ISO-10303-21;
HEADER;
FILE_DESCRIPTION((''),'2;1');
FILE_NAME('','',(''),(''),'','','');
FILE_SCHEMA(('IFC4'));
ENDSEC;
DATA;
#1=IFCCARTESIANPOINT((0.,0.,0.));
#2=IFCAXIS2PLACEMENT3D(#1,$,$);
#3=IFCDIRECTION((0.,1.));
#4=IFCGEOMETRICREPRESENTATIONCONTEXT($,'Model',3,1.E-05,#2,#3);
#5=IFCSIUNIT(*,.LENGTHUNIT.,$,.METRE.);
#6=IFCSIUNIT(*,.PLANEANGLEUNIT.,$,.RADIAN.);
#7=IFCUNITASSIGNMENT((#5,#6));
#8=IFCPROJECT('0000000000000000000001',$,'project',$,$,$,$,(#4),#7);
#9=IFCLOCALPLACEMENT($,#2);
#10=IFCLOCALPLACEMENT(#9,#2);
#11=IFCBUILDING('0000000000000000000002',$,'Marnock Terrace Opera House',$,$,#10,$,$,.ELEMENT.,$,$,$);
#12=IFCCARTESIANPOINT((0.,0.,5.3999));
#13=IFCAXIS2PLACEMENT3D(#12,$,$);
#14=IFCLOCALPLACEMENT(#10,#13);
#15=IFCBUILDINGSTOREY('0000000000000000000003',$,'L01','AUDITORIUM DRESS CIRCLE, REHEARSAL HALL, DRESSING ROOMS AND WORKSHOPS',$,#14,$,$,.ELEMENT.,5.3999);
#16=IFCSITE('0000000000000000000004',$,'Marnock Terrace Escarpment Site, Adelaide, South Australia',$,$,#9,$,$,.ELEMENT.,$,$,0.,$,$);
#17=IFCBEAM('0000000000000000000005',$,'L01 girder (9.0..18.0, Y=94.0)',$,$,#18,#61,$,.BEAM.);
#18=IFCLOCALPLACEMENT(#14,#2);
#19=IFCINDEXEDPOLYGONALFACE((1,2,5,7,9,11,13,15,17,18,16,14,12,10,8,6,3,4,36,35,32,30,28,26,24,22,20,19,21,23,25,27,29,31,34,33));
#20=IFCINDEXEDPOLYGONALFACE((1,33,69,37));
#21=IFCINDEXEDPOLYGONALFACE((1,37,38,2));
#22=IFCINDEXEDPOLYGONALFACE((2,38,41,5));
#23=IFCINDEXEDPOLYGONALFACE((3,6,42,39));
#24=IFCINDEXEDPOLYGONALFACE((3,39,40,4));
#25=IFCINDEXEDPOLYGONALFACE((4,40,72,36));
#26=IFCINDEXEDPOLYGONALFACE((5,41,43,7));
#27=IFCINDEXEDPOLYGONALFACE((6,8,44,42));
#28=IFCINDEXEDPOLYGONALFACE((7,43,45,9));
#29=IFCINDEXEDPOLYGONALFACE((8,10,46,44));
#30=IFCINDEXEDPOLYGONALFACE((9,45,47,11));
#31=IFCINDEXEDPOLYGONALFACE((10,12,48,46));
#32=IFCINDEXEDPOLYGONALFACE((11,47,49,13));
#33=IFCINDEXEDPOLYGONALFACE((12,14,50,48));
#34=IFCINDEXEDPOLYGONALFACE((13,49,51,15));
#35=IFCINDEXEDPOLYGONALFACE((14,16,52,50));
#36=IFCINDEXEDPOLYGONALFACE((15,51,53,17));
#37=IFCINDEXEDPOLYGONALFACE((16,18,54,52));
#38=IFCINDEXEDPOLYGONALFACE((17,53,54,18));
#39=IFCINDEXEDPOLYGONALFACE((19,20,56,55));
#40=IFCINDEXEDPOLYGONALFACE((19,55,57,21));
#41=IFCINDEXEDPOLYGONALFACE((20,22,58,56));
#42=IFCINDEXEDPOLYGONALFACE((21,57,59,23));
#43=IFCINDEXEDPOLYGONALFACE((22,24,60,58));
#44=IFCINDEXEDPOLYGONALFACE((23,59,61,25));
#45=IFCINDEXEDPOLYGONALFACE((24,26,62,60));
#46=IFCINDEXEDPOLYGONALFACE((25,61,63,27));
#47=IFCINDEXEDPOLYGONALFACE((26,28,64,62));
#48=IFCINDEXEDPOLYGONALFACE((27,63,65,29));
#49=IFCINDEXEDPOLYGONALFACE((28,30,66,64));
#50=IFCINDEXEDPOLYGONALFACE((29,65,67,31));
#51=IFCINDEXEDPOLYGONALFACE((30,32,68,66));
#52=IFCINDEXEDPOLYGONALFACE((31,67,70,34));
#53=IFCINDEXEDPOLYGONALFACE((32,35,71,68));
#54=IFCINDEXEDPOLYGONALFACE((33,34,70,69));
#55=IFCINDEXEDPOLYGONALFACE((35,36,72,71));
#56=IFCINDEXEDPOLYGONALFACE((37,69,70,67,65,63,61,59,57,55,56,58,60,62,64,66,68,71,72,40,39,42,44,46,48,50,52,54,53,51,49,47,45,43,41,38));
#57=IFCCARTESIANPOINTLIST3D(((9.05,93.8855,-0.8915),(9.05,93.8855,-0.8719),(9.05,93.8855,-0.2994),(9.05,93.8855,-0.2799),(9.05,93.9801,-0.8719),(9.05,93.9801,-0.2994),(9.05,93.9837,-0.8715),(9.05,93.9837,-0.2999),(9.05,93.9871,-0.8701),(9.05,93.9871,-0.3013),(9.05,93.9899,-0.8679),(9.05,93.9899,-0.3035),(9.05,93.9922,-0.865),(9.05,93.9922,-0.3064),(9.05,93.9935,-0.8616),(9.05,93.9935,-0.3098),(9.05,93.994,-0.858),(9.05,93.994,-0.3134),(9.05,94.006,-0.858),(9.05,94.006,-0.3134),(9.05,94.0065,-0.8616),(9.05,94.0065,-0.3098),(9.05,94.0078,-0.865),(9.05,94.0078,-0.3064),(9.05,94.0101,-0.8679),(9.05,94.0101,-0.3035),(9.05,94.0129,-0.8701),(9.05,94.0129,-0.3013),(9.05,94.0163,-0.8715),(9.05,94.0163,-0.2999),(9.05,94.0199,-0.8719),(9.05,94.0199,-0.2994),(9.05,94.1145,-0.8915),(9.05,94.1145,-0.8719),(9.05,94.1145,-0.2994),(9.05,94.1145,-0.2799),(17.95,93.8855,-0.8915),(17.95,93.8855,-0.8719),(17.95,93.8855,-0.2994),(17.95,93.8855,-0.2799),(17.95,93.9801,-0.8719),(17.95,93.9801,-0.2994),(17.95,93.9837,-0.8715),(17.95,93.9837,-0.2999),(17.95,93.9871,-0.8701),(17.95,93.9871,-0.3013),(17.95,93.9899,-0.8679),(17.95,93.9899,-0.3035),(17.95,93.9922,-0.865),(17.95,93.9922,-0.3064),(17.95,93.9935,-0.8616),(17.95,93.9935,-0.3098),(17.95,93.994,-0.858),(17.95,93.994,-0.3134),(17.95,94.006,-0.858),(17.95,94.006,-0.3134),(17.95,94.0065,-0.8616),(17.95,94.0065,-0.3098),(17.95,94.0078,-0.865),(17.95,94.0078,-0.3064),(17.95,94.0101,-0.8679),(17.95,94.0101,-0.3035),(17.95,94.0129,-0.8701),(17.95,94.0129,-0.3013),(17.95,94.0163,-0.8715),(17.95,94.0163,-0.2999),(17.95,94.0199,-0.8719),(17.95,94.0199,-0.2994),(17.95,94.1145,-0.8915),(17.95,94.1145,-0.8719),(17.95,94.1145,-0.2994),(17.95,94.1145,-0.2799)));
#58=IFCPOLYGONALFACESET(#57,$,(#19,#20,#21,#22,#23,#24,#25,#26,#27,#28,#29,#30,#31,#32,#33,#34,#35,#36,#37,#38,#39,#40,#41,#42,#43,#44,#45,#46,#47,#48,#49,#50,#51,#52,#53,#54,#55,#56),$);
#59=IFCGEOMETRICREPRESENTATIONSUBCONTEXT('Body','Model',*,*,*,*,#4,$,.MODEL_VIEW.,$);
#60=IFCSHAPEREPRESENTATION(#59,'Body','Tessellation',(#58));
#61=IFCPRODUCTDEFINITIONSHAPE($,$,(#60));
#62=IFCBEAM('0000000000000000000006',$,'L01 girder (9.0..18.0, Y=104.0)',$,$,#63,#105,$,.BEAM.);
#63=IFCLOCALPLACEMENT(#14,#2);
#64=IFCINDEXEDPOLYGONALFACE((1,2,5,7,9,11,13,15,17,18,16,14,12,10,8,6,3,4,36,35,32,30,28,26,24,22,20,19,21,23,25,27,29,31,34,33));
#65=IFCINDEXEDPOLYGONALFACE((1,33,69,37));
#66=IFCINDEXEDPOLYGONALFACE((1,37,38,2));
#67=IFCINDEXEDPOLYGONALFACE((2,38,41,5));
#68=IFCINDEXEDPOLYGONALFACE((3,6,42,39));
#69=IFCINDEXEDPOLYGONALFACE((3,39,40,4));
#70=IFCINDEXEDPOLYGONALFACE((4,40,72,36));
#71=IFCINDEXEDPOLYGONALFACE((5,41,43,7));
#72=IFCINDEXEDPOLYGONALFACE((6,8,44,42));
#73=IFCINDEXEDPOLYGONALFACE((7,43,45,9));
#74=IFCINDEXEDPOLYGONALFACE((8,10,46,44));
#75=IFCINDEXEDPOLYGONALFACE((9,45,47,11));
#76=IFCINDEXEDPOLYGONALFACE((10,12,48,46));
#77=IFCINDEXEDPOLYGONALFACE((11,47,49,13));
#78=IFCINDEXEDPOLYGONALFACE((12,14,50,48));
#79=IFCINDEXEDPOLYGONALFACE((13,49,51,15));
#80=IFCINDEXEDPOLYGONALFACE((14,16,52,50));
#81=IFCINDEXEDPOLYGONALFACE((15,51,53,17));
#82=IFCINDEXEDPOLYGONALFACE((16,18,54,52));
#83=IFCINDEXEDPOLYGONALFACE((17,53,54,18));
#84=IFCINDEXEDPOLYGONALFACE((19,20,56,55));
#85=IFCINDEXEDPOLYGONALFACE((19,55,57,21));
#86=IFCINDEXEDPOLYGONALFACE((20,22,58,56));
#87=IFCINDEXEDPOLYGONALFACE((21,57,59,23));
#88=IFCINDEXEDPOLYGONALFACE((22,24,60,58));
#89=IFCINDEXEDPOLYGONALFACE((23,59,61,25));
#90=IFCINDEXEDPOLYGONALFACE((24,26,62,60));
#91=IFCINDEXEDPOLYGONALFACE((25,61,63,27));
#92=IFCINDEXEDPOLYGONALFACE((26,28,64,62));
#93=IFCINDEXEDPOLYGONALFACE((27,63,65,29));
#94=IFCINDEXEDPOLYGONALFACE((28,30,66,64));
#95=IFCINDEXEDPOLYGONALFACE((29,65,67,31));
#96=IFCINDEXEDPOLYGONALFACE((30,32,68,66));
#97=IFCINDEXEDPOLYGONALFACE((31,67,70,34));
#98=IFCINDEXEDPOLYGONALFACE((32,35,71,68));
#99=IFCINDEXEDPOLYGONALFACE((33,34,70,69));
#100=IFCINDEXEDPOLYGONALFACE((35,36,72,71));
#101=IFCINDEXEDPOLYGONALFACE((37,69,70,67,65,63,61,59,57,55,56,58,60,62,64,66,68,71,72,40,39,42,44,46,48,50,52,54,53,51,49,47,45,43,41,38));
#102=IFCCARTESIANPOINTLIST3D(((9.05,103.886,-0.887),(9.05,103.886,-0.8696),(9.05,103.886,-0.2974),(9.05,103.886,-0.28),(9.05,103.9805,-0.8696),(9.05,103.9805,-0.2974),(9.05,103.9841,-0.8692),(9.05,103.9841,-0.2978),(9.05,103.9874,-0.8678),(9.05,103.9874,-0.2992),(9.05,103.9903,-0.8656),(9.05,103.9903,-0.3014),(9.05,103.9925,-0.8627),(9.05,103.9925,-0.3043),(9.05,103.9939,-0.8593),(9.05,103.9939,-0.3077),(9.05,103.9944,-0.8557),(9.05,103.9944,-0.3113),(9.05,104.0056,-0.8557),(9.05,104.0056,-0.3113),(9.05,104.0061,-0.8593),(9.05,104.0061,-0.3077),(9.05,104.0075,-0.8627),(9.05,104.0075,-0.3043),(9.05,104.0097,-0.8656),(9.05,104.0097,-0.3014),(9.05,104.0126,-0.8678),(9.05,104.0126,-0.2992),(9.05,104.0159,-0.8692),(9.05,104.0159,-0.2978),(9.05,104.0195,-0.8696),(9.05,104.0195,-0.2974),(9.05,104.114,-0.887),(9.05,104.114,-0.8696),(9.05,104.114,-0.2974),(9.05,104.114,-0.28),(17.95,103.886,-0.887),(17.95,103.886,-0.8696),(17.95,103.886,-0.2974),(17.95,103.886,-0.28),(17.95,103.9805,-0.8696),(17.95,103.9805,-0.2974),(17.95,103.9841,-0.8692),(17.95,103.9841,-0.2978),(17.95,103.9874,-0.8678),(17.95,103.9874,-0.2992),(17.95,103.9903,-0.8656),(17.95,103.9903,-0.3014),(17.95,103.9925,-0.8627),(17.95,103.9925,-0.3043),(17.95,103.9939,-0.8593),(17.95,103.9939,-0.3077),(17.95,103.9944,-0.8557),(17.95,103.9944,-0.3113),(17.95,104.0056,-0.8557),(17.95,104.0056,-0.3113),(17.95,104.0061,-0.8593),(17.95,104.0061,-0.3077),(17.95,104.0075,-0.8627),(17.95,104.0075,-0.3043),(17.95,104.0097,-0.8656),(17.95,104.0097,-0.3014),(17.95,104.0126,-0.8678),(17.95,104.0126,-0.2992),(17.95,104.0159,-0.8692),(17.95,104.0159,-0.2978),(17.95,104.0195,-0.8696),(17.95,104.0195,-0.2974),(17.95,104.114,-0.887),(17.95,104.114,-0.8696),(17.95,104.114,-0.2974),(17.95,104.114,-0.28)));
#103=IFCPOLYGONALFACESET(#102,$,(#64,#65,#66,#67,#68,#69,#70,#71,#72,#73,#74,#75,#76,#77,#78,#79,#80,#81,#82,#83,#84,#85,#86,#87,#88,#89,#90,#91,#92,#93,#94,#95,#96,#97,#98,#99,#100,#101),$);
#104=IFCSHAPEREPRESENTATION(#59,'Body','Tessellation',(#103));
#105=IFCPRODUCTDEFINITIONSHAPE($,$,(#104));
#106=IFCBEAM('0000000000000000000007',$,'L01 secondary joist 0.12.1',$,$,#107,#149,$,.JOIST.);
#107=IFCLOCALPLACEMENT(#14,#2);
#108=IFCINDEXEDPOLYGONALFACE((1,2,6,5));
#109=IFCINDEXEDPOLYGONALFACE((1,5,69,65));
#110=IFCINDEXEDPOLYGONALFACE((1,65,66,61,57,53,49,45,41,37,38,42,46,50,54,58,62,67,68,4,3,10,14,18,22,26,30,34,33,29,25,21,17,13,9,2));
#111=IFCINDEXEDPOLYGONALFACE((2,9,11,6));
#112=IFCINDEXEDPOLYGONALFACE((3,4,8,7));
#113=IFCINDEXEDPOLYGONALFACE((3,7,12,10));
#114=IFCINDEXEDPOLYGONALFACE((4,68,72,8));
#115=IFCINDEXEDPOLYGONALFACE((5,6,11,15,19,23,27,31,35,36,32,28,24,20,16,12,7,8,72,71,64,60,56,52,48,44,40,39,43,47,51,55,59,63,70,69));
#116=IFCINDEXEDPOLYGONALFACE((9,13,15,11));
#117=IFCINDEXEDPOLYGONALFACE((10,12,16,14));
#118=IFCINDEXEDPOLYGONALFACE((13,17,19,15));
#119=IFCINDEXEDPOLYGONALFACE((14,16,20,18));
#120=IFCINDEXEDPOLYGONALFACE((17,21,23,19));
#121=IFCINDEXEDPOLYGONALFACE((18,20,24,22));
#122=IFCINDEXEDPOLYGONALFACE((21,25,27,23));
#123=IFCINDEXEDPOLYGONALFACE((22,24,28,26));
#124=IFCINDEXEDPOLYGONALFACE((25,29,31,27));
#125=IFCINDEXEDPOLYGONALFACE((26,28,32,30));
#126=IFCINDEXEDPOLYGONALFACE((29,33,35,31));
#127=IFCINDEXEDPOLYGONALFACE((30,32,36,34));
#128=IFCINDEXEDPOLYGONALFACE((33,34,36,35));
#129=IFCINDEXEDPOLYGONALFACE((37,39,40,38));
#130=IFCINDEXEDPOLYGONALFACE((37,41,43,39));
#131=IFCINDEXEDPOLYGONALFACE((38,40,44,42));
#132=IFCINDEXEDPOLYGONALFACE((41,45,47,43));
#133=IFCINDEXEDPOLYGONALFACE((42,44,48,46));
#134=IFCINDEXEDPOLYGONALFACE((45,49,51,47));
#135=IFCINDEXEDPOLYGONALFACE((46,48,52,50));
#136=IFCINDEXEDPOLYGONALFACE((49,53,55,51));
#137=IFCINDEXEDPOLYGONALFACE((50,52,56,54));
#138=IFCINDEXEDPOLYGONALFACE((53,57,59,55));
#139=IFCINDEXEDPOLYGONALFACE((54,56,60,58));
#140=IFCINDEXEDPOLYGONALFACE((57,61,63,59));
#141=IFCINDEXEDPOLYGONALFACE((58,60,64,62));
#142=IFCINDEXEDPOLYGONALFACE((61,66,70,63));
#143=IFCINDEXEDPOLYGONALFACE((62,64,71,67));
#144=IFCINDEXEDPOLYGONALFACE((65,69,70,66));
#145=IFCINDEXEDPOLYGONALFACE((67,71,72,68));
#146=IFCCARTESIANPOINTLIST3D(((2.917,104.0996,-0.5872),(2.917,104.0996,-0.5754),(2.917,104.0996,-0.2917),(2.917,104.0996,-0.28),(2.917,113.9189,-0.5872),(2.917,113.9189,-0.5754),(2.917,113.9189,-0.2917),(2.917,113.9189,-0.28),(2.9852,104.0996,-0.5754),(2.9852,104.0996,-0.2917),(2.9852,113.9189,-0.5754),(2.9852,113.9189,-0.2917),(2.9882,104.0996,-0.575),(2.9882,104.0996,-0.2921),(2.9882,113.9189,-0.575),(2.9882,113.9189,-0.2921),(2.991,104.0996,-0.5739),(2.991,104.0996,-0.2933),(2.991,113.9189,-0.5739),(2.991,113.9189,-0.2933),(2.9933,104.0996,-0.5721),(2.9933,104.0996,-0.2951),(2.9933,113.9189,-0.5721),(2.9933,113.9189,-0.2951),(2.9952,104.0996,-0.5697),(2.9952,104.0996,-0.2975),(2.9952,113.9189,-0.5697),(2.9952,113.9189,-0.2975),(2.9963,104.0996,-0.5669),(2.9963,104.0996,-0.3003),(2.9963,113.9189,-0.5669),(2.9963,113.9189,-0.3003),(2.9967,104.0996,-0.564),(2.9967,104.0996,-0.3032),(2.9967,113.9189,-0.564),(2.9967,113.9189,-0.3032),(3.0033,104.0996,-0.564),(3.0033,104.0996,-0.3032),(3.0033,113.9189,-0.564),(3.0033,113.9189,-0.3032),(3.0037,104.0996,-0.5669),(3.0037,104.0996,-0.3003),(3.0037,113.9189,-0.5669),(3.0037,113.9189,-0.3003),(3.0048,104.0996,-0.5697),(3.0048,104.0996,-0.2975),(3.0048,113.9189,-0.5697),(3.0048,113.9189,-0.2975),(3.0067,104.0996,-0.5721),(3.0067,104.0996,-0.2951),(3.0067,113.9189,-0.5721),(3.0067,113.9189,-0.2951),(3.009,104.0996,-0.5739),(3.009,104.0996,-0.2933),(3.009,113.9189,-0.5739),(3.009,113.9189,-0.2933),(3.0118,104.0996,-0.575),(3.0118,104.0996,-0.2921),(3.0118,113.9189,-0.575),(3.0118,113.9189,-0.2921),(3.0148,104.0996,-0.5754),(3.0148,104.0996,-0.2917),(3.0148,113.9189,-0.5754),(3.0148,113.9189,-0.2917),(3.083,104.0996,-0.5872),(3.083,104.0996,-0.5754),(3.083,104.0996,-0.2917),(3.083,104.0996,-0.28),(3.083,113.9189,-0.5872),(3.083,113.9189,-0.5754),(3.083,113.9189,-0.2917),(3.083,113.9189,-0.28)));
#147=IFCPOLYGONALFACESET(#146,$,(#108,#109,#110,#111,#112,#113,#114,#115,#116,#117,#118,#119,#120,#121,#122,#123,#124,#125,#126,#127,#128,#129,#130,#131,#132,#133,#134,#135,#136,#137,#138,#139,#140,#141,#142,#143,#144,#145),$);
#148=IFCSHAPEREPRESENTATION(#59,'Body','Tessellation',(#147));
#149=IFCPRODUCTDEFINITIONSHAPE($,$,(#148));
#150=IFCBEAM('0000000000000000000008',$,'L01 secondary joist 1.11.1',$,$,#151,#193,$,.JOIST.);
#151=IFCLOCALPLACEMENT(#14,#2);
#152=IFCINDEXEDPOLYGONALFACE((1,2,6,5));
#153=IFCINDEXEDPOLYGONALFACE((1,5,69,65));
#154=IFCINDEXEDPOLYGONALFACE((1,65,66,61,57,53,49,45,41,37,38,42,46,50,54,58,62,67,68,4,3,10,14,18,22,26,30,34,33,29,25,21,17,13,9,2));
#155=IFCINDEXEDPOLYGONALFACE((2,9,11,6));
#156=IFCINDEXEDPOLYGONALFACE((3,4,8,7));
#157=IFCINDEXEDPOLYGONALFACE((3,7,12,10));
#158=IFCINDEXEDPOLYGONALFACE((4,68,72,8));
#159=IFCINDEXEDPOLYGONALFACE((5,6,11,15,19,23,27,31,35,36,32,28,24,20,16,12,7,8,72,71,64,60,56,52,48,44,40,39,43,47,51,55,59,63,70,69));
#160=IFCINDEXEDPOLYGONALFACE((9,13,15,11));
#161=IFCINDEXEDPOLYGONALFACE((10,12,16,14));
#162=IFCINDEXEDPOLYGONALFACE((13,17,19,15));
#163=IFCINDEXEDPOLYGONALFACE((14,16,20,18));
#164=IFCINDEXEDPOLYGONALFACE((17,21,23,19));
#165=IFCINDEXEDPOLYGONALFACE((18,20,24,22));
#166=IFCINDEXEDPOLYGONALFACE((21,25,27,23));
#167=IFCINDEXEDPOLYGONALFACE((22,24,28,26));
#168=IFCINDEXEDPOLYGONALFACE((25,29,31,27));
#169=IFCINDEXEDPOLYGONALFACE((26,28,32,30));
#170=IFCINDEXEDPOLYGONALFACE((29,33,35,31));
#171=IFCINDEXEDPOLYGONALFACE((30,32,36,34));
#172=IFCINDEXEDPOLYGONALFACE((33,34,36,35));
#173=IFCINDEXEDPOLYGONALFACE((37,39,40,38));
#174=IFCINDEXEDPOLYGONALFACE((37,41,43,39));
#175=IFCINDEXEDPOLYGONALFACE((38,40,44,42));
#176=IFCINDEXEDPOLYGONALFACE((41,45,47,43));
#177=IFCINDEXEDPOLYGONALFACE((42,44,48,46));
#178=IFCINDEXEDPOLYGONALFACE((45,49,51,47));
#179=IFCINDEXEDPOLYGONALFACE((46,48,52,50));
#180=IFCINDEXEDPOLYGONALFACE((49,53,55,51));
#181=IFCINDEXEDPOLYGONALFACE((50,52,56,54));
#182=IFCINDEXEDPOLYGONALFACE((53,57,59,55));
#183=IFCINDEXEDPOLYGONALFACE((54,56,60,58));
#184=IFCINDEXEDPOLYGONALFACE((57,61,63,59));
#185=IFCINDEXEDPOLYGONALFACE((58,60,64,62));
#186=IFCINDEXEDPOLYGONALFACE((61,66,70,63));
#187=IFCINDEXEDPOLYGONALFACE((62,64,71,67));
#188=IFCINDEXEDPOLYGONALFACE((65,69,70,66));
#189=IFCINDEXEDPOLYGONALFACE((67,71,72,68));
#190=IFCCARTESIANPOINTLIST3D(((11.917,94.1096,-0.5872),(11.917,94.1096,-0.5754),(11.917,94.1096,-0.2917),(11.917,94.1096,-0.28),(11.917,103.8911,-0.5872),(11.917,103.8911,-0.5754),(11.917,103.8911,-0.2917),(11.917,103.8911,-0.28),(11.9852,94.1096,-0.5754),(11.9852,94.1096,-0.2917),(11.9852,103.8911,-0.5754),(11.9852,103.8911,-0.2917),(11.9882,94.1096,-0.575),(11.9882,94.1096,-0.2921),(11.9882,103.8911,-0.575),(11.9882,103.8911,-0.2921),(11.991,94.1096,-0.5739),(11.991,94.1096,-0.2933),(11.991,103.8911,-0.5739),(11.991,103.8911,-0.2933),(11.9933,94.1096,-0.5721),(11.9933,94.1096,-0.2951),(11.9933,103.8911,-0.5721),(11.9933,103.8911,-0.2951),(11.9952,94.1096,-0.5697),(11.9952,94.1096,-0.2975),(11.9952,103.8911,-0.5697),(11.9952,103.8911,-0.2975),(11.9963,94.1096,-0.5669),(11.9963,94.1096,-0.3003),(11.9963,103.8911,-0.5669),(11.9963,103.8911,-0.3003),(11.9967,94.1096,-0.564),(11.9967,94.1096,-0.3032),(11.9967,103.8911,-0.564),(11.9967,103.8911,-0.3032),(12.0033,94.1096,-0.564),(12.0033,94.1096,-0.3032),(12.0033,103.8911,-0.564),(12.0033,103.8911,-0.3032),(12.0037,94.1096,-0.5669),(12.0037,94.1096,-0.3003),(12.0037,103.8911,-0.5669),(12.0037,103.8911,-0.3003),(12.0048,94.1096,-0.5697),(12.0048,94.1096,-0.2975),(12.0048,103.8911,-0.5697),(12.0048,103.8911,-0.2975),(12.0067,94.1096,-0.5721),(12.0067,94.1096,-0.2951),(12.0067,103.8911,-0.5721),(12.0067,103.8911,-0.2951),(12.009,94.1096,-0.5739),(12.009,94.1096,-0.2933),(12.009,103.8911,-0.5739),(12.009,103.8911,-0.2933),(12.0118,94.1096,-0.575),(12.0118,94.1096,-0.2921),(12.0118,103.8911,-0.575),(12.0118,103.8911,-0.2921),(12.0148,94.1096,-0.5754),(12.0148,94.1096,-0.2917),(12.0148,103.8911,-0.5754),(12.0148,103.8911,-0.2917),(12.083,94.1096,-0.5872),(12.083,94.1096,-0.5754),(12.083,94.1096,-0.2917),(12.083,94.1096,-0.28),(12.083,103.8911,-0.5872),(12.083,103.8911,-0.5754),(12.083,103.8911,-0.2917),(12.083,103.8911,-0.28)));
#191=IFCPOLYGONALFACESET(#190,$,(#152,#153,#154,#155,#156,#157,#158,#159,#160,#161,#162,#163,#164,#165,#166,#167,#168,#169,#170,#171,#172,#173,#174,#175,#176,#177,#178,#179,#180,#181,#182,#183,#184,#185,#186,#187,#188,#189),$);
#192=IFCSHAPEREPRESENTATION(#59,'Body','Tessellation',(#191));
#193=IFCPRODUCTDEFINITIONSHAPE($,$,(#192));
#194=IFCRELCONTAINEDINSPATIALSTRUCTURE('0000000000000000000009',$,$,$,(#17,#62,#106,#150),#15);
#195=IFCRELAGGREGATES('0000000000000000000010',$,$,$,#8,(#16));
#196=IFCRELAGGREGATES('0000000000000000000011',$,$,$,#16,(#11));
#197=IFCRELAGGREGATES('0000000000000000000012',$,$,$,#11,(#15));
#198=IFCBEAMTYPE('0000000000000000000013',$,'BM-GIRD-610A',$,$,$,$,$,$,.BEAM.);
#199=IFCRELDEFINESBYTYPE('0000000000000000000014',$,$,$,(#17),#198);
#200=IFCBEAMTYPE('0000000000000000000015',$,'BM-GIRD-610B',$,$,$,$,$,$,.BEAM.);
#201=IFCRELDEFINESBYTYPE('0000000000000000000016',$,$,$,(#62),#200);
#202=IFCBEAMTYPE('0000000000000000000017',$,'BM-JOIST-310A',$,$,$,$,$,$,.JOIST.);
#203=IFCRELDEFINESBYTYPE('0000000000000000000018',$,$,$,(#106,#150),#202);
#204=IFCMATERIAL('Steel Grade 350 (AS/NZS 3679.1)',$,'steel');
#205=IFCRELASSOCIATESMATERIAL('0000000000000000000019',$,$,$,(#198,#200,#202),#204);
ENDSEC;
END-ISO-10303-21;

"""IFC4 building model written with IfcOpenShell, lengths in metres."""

from ifc_helpers import new_model, si_unit, direction, frame, origin, origin_2d, place, context, subcontext, project, spatial, i_section, extrude, material, material_profile, profile_set, type_object, element, save


model = new_model("IFC4")

# Units and contexts
model_context = context("Model", 3, precision=1e-05, world=origin(), true_north=direction((0.0, 1.0)))
body_context = subcontext(model_context, "Body", "Model", "MODEL_VIEW")
ifc_project = project(units=[si_unit("LENGTHUNIT", "METRE"), si_unit("PLANEANGLEUNIT", "RADIAN")], contexts=[model_context])

# Site, building, storey
site_placement = place(None, origin())
site = spatial("IfcSite", under=ifc_project, at=site_placement, Name="Marnock Terrace Escarpment Site, Adelaide, South Australia", CompositionType="ELEMENT", RefElevation=0.0)
building_placement = place(site_placement, origin())
building = spatial("IfcBuilding", under=site, at=building_placement, Name="Marnock Terrace Opera House", CompositionType="ELEMENT")
storey_placement = place(building_placement, frame((0.0, 0.0, 5.3999)))
storey = spatial("IfcBuildingStorey", under=building, at=storey_placement, Name="L01", Description="AUDITORIUM DRESS CIRCLE, REHEARSAL HALL, DRESSING ROOMS AND WORKSHOPS", CompositionType="ELEMENT", Elevation=5.3999)

# Beams
ifc_material_1 = material(Name="Steel Grade 350 (AS/NZS 3679.1)", Category="steel")
ifc_material_profile_1 = material_profile(ifc_material_1, i_section(OverallWidth=0.229, OverallDepth=0.6116, WebThickness=0.012, FlangeThickness=0.0195, FilletRadius=0.0139, at=origin_2d()))
ifc_profile_set_1 = profile_set([ifc_material_profile_1], Name="Steel Grade 350 (AS/NZS 3679.1)")
beam_type_1 = type_object("IfcBeamType", Name="BM-GIRD-610A", PredefinedType="BEAM", material=ifc_profile_set_1)
beam_1_placement = place(storey_placement, frame((9.05, 94.0, -0.5857), z_axis=(1.0, 0.0, 0.0), x_axis=(0.0, 1.0, 0.0)))
element("IfcBeam", 1, at=beam_1_placement, inside=storey, type_object=beam_type_1, Name="L01 girder (9.0..18.0, Y=94.0)", PredefinedType="BEAM", context=body_context, shape_type="SweptSolid", body=[
    extrude(i_section(OverallWidth=0.229, OverallDepth=0.6116, WebThickness=0.012, FlangeThickness=0.0195, FilletRadius=0.0139, at=origin_2d()), origin(), (0.0, 0.0, 1.0), 8.8999),
])
ifc_material_profile_2 = material_profile(ifc_material_1, i_section(OverallWidth=0.228, OverallDepth=0.6069, WebThickness=0.0112, FlangeThickness=0.0173, FilletRadius=0.0139, at=origin_2d()))
ifc_profile_set_2 = profile_set([ifc_material_profile_2], Name="Steel Grade 350 (AS/NZS 3679.1)")
beam_type_2 = type_object("IfcBeamType", Name="BM-GIRD-610B", PredefinedType="BEAM", material=ifc_profile_set_2)
beam_2_placement = place(storey_placement, frame((9.05, 104.0, -0.5835), z_axis=(1.0, 0.0, 0.0), x_axis=(0.0, 1.0, 0.0)))
element("IfcBeam", 2, at=beam_2_placement, inside=storey, type_object=beam_type_2, Name="L01 girder (9.0..18.0, Y=104.0)", PredefinedType="BEAM", context=body_context, shape_type="SweptSolid", body=[
    extrude(i_section(OverallWidth=0.228, OverallDepth=0.6069, WebThickness=0.0112, FlangeThickness=0.0173, FilletRadius=0.0139, at=origin_2d()), origin(), (0.0, 0.0, 1.0), 8.8999),
])
ifc_material_profile_3 = material_profile(ifc_material_1, i_section(OverallWidth=0.166, OverallDepth=0.3071, WebThickness=0.0066, FlangeThickness=0.0117, FilletRadius=0.0115, at=origin_2d()))
ifc_profile_set_3 = profile_set([ifc_material_profile_3], Name="Steel Grade 350 (AS/NZS 3679.1)")
beam_type_3 = type_object("IfcBeamType", Name="BM-JOIST-310A", PredefinedType="JOIST", material=ifc_profile_set_3)
beam_3_placement = place(storey_placement, frame((3.0, 104.0996, -0.4336), z_axis=(0.0, 1.0, 0.0), x_axis=(-1.0, 0.0, 0.0)))
element("IfcBeam", 3, at=beam_3_placement, inside=storey, type_object=beam_type_3, Name="L01 secondary joist 0.12.1", PredefinedType="JOIST", context=body_context, shape_type="SweptSolid", body=[
    extrude(i_section(OverallWidth=0.166, OverallDepth=0.3071, WebThickness=0.0066, FlangeThickness=0.0117, FilletRadius=0.0115, at=origin_2d()), origin(), (0.0, 0.0, 1.0), 9.8193),
])
for number, where, z_axis, x_axis, name in (
    (4, (12.0, 94.1096, -0.4336), (0.0, 1.0, 0.0), (-1.0, 0.0, 0.0), "L01 secondary joist 1.11.1"),
):
    element("IfcBeam", number, at=place(storey_placement, frame(where, z_axis=z_axis, x_axis=x_axis)), inside=storey, type_object=beam_type_3, Name=name, PredefinedType="JOIST", context=body_context, shape_type="SweptSolid", body=[
        extrude(i_section(OverallWidth=0.166, OverallDepth=0.3071, WebThickness=0.0066, FlangeThickness=0.0117, FilletRadius=0.0115, at=origin_2d()), origin(), (0.0, 0.0, 1.0), 9.7815),
    ])

save(model, "model.ifc")
